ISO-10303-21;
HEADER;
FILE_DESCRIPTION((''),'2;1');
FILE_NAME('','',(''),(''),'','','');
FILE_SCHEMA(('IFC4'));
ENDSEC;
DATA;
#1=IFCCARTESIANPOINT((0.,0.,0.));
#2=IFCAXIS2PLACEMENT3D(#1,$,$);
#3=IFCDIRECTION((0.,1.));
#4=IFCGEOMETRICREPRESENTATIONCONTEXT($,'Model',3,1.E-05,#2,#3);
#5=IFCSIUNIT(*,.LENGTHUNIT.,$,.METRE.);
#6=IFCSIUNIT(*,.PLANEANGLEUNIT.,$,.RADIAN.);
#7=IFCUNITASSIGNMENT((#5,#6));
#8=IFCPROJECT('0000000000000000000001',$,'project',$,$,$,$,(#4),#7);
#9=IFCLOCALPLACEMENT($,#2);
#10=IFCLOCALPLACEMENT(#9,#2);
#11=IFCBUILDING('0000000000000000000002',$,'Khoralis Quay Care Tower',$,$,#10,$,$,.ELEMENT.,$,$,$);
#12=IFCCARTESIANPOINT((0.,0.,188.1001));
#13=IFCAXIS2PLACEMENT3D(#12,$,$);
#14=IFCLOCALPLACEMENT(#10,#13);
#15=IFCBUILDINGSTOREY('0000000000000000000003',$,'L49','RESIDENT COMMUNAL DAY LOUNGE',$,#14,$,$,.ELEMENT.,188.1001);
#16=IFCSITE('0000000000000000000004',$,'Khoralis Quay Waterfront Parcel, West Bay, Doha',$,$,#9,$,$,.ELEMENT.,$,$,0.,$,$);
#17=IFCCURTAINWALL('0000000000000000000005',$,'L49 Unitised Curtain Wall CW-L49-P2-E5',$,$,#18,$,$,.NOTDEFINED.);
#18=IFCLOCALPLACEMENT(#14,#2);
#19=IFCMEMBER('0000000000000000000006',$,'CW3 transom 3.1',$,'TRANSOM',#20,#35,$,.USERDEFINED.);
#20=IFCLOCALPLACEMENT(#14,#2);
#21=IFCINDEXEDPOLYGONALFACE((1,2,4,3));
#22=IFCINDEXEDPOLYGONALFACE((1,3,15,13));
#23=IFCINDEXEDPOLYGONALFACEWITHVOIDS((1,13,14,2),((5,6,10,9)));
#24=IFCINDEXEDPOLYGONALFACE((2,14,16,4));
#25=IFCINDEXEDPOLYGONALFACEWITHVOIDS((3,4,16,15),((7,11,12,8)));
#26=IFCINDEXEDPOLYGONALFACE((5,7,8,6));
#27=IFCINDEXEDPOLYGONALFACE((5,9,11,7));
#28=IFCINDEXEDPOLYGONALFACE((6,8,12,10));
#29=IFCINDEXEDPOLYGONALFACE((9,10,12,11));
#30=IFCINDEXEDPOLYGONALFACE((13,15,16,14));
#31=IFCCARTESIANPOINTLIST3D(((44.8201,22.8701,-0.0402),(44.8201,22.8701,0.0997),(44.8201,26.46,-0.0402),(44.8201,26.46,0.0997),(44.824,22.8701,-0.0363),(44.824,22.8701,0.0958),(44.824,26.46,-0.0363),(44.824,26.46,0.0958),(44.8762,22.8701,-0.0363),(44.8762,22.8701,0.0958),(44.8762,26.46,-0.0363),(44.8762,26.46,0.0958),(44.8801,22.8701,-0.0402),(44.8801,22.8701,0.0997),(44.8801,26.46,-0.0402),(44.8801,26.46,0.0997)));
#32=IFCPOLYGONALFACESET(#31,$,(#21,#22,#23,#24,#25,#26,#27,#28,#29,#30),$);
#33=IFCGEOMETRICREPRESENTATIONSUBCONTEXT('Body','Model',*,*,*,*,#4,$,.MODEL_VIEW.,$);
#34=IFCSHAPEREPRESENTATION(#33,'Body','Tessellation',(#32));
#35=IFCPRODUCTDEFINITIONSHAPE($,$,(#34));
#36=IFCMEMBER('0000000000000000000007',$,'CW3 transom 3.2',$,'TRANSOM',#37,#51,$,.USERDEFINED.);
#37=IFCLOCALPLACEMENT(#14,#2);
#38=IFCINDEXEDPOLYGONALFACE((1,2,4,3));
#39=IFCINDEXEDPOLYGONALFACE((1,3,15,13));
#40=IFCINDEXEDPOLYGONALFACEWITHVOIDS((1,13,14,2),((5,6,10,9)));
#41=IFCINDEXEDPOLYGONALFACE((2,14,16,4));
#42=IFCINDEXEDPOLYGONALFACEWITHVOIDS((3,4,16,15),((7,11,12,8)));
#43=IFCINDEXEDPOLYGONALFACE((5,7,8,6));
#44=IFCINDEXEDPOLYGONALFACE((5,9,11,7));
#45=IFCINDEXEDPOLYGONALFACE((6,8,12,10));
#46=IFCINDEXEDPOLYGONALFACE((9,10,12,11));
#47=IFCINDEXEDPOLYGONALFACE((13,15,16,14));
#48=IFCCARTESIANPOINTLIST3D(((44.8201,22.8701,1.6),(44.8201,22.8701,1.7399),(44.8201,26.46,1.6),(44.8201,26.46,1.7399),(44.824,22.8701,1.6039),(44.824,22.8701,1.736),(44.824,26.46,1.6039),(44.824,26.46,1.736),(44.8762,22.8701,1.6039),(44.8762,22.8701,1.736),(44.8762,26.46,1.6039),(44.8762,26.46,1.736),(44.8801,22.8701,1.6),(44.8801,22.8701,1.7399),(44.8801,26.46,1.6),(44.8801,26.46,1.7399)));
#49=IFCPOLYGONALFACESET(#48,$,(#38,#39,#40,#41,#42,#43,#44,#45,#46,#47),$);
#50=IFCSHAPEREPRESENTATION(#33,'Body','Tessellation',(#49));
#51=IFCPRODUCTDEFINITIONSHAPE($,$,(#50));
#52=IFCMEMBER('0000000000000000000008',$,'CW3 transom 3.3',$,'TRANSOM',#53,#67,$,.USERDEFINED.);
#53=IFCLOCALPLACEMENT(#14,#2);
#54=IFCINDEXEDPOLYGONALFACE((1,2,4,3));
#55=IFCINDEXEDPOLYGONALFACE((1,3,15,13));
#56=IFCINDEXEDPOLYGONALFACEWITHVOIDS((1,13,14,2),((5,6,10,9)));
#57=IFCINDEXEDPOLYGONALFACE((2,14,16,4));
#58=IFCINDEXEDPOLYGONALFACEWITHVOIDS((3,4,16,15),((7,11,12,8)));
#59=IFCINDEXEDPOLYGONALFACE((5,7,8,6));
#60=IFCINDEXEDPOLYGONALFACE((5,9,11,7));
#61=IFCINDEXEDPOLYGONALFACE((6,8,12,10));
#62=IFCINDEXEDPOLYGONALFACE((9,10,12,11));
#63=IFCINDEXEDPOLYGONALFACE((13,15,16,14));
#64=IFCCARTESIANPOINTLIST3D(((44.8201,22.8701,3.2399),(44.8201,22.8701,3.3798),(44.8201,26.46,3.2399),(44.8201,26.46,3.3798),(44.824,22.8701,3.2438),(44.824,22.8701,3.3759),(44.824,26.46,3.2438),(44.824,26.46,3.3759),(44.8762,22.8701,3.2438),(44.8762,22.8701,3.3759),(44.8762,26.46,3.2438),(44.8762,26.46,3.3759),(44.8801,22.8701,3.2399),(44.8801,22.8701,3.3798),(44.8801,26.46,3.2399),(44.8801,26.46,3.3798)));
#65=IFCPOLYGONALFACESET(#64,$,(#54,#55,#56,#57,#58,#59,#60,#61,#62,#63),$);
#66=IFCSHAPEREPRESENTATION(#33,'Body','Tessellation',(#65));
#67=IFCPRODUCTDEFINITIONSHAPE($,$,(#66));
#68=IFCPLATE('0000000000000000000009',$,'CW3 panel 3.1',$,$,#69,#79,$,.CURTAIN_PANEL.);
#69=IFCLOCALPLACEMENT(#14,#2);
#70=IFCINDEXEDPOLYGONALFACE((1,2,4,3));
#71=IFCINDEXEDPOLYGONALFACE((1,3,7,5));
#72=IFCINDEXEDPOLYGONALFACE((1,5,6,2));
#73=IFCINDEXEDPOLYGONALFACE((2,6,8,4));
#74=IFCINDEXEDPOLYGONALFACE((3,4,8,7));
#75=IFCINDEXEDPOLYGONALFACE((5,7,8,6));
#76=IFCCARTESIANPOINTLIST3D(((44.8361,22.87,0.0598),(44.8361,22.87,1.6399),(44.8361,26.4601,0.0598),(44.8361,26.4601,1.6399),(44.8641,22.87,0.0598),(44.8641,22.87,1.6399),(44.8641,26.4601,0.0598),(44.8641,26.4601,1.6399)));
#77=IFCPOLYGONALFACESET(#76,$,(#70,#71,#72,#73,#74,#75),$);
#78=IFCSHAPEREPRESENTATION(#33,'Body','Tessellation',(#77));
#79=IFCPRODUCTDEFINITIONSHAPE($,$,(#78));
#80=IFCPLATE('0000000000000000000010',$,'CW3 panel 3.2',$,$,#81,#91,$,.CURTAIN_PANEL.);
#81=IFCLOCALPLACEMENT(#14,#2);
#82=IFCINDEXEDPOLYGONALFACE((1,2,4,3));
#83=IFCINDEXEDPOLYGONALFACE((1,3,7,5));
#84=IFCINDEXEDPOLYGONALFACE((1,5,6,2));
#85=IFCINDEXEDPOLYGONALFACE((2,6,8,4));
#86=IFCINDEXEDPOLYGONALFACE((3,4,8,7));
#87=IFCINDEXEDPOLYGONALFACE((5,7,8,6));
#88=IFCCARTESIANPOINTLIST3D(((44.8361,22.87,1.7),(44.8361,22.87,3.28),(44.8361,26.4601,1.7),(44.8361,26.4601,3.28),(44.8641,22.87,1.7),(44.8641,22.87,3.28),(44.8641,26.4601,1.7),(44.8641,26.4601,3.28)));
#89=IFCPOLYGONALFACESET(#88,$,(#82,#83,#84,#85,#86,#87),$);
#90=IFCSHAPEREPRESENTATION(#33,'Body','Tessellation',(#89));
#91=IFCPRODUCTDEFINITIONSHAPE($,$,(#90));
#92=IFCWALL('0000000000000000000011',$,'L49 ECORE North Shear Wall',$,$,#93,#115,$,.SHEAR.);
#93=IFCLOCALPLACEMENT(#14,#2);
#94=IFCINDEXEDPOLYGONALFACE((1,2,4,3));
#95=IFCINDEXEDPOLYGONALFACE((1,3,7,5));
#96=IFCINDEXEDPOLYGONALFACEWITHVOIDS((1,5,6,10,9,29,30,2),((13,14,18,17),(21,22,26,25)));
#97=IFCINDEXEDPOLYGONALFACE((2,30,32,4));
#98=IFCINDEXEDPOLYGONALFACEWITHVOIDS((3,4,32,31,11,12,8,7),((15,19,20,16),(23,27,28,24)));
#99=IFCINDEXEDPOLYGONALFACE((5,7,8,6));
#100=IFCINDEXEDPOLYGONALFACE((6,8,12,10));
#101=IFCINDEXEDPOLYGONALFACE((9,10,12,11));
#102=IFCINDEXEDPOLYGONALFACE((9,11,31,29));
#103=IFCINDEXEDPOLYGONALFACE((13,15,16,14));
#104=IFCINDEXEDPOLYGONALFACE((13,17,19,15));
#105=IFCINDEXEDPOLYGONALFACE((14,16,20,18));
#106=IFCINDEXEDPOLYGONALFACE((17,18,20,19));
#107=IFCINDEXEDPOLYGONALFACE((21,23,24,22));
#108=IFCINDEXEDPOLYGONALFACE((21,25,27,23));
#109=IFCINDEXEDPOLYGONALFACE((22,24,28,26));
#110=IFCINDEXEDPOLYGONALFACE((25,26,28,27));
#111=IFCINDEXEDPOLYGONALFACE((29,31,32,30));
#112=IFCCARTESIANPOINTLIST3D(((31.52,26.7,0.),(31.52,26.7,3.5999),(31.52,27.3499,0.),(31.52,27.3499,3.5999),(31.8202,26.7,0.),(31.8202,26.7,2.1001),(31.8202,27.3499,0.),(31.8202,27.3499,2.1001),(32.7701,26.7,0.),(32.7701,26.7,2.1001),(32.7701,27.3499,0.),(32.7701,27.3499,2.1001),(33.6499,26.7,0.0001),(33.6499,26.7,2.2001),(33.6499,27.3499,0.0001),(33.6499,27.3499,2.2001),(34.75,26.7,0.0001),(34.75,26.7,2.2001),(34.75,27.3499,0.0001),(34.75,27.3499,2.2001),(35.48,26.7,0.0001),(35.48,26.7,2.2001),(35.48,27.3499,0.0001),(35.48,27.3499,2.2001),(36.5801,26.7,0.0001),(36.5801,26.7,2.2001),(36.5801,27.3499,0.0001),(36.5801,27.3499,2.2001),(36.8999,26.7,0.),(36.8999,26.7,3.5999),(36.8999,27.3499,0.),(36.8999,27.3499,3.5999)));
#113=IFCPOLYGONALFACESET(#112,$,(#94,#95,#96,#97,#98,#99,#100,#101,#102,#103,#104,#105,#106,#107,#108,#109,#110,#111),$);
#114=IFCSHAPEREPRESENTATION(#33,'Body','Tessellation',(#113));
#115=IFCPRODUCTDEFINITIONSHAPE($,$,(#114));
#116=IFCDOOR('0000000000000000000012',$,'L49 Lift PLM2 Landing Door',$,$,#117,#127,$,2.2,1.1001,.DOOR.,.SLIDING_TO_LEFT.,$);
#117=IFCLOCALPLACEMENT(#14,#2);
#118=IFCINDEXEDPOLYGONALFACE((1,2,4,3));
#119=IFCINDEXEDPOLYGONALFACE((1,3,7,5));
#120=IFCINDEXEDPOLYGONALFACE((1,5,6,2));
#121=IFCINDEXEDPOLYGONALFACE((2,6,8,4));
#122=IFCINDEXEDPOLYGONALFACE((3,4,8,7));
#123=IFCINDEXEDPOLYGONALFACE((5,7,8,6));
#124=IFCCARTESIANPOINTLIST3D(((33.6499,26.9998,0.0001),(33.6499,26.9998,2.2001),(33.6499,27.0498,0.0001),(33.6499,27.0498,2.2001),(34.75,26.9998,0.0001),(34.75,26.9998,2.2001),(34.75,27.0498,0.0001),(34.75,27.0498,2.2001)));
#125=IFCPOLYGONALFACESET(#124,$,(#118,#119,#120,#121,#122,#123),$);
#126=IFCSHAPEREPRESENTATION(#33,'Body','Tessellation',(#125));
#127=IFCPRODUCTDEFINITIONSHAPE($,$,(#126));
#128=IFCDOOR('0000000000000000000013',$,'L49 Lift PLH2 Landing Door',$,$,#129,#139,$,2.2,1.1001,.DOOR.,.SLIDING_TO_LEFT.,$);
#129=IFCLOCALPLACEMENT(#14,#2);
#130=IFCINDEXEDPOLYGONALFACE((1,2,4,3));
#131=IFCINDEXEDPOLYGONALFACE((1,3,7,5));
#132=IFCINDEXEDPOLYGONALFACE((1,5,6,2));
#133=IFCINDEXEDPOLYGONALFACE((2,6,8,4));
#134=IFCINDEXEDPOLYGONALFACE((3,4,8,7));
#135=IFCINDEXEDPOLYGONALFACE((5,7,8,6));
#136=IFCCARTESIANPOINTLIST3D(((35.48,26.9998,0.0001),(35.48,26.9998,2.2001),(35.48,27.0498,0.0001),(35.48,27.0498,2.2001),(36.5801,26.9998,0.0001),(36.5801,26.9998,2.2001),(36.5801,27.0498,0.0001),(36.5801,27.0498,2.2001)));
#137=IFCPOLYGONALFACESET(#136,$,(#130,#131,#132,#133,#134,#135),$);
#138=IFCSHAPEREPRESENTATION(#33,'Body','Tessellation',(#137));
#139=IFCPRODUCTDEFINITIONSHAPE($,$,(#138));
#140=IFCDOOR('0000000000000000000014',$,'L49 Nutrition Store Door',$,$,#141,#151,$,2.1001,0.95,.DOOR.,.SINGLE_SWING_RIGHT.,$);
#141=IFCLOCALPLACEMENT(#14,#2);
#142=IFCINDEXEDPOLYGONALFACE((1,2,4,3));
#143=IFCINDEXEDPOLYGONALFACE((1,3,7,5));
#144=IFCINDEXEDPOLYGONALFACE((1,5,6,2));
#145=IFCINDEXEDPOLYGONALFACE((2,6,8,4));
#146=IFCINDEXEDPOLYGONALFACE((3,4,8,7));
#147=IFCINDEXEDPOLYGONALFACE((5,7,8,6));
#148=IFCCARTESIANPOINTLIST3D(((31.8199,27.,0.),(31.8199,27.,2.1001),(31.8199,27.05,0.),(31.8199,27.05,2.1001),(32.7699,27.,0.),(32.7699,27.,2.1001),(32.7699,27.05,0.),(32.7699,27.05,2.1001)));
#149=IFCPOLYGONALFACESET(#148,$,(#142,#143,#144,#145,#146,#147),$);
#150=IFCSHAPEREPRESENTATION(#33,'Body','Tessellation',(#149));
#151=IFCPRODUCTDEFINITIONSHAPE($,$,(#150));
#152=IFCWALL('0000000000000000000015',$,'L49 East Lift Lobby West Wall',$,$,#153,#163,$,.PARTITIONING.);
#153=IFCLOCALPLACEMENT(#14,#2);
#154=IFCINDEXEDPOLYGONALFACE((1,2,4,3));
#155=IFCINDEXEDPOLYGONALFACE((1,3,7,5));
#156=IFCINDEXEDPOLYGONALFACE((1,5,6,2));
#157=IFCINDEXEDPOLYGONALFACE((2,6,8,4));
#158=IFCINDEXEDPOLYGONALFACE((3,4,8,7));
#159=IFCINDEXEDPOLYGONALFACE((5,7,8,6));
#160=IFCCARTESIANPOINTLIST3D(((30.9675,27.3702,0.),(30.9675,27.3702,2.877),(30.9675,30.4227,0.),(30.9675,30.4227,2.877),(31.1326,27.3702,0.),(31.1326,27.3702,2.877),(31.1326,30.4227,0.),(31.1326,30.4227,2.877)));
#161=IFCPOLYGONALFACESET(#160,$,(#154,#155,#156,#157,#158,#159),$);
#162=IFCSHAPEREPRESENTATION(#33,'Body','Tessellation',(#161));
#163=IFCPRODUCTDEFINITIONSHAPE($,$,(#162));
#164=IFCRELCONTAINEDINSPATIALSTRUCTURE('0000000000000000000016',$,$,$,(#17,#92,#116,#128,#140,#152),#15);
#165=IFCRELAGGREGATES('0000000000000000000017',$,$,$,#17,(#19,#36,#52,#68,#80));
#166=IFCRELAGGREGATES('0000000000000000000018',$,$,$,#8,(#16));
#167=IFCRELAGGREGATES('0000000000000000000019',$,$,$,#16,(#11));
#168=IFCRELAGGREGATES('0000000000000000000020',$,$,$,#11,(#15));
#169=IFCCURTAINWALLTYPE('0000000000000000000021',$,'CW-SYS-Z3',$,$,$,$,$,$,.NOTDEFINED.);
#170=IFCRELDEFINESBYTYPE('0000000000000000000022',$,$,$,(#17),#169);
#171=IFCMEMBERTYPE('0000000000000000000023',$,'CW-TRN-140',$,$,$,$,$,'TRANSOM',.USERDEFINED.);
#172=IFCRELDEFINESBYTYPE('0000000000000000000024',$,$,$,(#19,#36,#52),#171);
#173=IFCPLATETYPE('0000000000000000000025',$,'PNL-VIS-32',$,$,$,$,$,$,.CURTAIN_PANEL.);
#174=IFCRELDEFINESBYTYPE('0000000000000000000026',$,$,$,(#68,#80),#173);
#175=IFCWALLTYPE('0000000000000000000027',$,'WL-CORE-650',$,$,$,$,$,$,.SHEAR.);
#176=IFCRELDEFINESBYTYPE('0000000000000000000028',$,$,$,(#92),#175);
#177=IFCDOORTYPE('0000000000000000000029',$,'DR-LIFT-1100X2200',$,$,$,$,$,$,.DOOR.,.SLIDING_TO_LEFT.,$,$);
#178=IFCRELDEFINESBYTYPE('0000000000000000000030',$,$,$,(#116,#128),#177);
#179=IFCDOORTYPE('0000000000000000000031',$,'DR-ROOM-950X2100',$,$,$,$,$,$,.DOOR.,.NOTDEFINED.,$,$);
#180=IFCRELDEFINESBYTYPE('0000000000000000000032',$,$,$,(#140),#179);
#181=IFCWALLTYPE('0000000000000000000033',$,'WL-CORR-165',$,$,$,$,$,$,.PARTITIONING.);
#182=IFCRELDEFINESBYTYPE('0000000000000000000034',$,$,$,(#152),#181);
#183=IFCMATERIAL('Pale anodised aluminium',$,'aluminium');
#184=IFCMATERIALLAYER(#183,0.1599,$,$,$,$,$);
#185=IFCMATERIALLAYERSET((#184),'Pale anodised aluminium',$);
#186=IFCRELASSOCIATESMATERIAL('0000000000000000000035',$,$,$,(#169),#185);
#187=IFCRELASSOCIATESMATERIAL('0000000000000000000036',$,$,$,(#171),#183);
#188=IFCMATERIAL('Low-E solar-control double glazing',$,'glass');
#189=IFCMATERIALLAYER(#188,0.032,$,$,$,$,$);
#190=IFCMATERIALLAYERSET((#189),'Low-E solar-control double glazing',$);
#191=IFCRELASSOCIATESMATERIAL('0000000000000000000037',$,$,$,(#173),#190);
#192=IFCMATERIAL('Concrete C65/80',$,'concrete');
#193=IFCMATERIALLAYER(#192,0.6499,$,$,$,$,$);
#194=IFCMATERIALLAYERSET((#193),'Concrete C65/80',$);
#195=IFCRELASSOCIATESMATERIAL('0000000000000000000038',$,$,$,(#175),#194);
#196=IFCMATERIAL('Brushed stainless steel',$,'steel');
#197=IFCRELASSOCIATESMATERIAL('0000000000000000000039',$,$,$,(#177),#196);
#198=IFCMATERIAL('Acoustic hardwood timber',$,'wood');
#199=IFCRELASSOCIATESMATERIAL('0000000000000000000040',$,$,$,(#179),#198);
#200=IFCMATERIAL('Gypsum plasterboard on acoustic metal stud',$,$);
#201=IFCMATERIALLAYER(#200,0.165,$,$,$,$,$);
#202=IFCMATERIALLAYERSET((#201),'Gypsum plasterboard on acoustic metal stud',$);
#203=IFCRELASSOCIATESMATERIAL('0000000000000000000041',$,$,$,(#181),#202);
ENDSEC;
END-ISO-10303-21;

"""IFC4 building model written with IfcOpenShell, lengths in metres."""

from ifc_helpers import new_model, si_unit, direction, frame, frame_2d, origin, origin_2d, place, context, subcontext, project, spatial, rectangle, hollow_rectangle, extrude, source, transform, mapped, material, layer, layer_set, material_profile, profile_set, type_object, element, fill, aggregate, save


model = new_model("IFC4")

# Units and contexts
model_context = context("Model", 3, precision=1e-05, world=origin(), true_north=direction((0.0, 1.0)))
body_context = subcontext(model_context, "Body", "Model", "MODEL_VIEW")
ifc_project = project(units=[si_unit("LENGTHUNIT", "METRE"), si_unit("PLANEANGLEUNIT", "RADIAN")], contexts=[model_context])

# Site, building, storey
site_placement = place(None, origin())
site = spatial("IfcSite", under=ifc_project, at=site_placement, Name="Khoralis Quay Waterfront Parcel, West Bay, Doha", CompositionType="ELEMENT", RefElevation=0.0)
building_placement = place(site_placement, origin())
building = spatial("IfcBuilding", under=site, at=building_placement, Name="Khoralis Quay Care Tower", CompositionType="ELEMENT")
storey_placement = place(building_placement, frame((0.0, 0.0, 188.1001)))
storey = spatial("IfcBuildingStorey", under=building, at=storey_placement, Name="L49", Description="RESIDENT COMMUNAL DAY LOUNGE", CompositionType="ELEMENT", Elevation=188.1001)

# Shared definitions
ifc_material_1 = material(Name="Concrete C65/80", Category="concrete")

# Curtain wall, members, plates
ifc_material_2 = material(Name="Pale anodised aluminium", Category="aluminium")
ifc_layer_1 = layer(ifc_material_2, 0.1599)
ifc_layer_set_1 = layer_set([ifc_layer_1], Name="Pale anodised aluminium")
curtain_wall_type = type_object("IfcCurtainWallType", Name="CW-SYS-Z3", PredefinedType="NOTDEFINED", material=ifc_layer_set_1)
curtain_wall_placement = place(storey_placement, origin())
curtain_wall = element("IfcCurtainWall", 1, at=curtain_wall_placement, inside=storey, type_object=curtain_wall_type, Name="L49 Unitised Curtain Wall CW-L49-P2-E5", PredefinedType="NOTDEFINED")
ifc_material_profile_1 = material_profile(ifc_material_2, hollow_rectangle(XDim=0.0601, YDim=0.1399, WallThickness=0.0039, at=origin_2d()), Name="Pale anodised aluminium")
ifc_profile_set_1 = profile_set([ifc_material_profile_1], Name="Pale anodised aluminium")
member_type_1 = type_object("IfcMemberType", Name="CW-TRN-140", ElementType="TRANSOM", PredefinedType="USERDEFINED", material=ifc_profile_set_1)
shared_shape_1 = source(origin(), body_context, "Body", "SweptSolid", [
    extrude(hollow_rectangle(XDim=0.0601, YDim=0.1399, WallThickness=0.0039, at=origin_2d()), origin(), (0.0, 0.0, 1.0), 3.5898),
])
member_1_placement = place(storey_placement, frame((44.8501, 22.8701, 0.0298), z_axis=(0.0, 1.0, 0.0), x_axis=(-1.0, 0.0, 0.0)))
member_1 = element("IfcMember", 2, at=member_1_placement, type_object=member_type_1, Name="CW3 transom 3.1", ObjectType="TRANSOM", PredefinedType="USERDEFINED", context=body_context, shape_type="MappedRepresentation", body=[
    mapped(shared_shape_1, transform((0.0, 0.0, 0.0), scale=1.0)),
])
member_2_placement = place(storey_placement, frame((44.8501, 22.8701, 1.6699), z_axis=(0.0, 1.0, 0.0), x_axis=(-1.0, 0.0, 0.0)))
member_2 = element("IfcMember", 3, at=member_2_placement, type_object=member_type_1, Name="CW3 transom 3.2", ObjectType="TRANSOM", PredefinedType="USERDEFINED", context=body_context, shape_type="MappedRepresentation", body=[
    mapped(shared_shape_1, transform((0.0, 0.0, 0.0), scale=1.0)),
])
member_3_placement = place(storey_placement, frame((44.8501, 22.8701, 3.3098), z_axis=(0.0, 1.0, 0.0), x_axis=(-1.0, 0.0, 0.0)))
member_3 = element("IfcMember", 4, at=member_3_placement, type_object=member_type_1, Name="CW3 transom 3.3", ObjectType="TRANSOM", PredefinedType="USERDEFINED", context=body_context, shape_type="MappedRepresentation", body=[
    mapped(shared_shape_1, transform((0.0, 0.0, 0.0), scale=1.0)),
])
ifc_material_3 = material(Name="Low-E solar-control double glazing", Category="glass")
ifc_layer_2 = layer(ifc_material_3, 0.032)
ifc_layer_set_2 = layer_set([ifc_layer_2], Name="Low-E solar-control double glazing")
plate_type = type_object("IfcPlateType", Name="PNL-VIS-32", PredefinedType="CURTAIN_PANEL", material=ifc_layer_set_2)
shared_shape_2 = source(origin(), body_context, "Body", "SweptSolid", [
    extrude(rectangle(XDim=3.5901, YDim=0.0281, at=origin_2d()), origin(), (0.0, 0.0, 1.0), 1.5801),
])
plate_1_placement = place(storey_placement, frame((44.8501, 24.665, 0.0598), z_axis=(0.0, 0.0, 1.0), x_axis=(0.0, 1.0, 0.0)))
plate_1 = element("IfcPlate", 5, at=plate_1_placement, type_object=plate_type, Name="CW3 panel 3.1", PredefinedType="CURTAIN_PANEL", context=body_context, shape_type="MappedRepresentation", body=[
    mapped(shared_shape_2, transform((0.0, 0.0, 0.0), scale=1.0)),
])
plate_2_placement = place(storey_placement, frame((44.8501, 24.665, 1.7), z_axis=(0.0, 0.0, 1.0), x_axis=(0.0, 1.0, 0.0)))
plate_2 = element("IfcPlate", 6, at=plate_2_placement, type_object=plate_type, Name="CW3 panel 3.2", PredefinedType="CURTAIN_PANEL", context=body_context, shape_type="MappedRepresentation", body=[
    mapped(shared_shape_2, transform((0.0, 0.0, 0.0), scale=1.0)),
])
aggregate(curtain_wall, [member_1, member_2, member_3, plate_1, plate_2])

# Wall, openings, doors
ifc_layer_3 = layer(ifc_material_1, 0.6499)
ifc_layer_set_3 = layer_set([ifc_layer_3], Name="Concrete C65/80")
wall_type_1 = type_object("IfcWallType", Name="WL-CORE-650", PredefinedType="SHEAR", material=ifc_layer_set_3)
wall_1_placement = place(storey_placement, frame((31.52, 27.0249, 0.0), z_axis=(0.0, 0.0, 1.0), x_axis=(1.0, 0.0, 0.0)))
wall_1 = element("IfcWall", 7, at=wall_1_placement, inside=storey, type_object=wall_type_1, Name="L49 ECORE North Shear Wall", PredefinedType="SHEAR", context=body_context, shape_type="SweptSolid", body=[
    extrude(rectangle(XDim=5.3799, YDim=0.6499, at=frame_2d((2.6899, 0.0))), origin(), (0.0, 0.0, 1.0), 3.5999),
])
opening_1_placement = place(wall_1_placement, frame((0.3, 0.0, 0.0)))
opening_1 = element("IfcOpeningElement", 8, at=opening_1_placement, cuts=wall_1, PredefinedType="OPENING", context=body_context, shape_type="SweptSolid", body=[
    extrude(rectangle(XDim=0.95, YDim=2.1001, at=frame_2d((0.4751, 1.05))), frame((0.0, 0.335, 0.0), z_axis=(0.0, -1.0, 0.0), x_axis=(1.0, 0.0, 0.0)), (0.0, 0.0, 1.0), 0.6699),
])
opening_2_placement = place(wall_1_placement, frame((2.1299, 0.0, 0.0)))
opening_2 = element("IfcOpeningElement", 9, at=opening_2_placement, cuts=wall_1, PredefinedType="OPENING", context=body_context, shape_type="SweptSolid", body=[
    extrude(rectangle(XDim=1.1001, YDim=2.2, at=frame_2d((0.55, 1.1001))), frame((0.0, 0.335, 0.0), z_axis=(0.0, -1.0, 0.0), x_axis=(1.0, 0.0, 0.0)), (0.0, 0.0, 1.0), 0.6699),
])
opening_3_placement = place(wall_1_placement, frame((3.96, 0.0, 0.0)))
opening_3 = element("IfcOpeningElement", 10, at=opening_3_placement, cuts=wall_1, PredefinedType="OPENING", context=body_context, shape_type="SweptSolid", body=[
    extrude(rectangle(XDim=1.1001, YDim=2.2, at=frame_2d((0.55, 1.1001))), frame((0.0, 0.335, 0.0), z_axis=(0.0, -1.0, 0.0), x_axis=(1.0, 0.0, 0.0)), (0.0, 0.0, 1.0), 0.6699),
])
ifc_material_4 = material(Name="Brushed stainless steel", Category="steel")
door_type_1 = type_object("IfcDoorType", Name="DR-LIFT-1100X2200", OperationType="SLIDING_TO_LEFT", PredefinedType="DOOR", material=ifc_material_4)
shared_shape_3 = source(origin(), body_context, "Body", "SweptSolid", [
    extrude(rectangle(XDim=1.1001, YDim=2.2, at=frame_2d((0.55, 1.1001))), frame((0.0, 0.0249, 0.0), z_axis=(0.0, -1.0, 0.0), x_axis=(1.0, 0.0, 0.0)), (0.0, 0.0, 1.0), 0.05),
])
door_1_placement = place(opening_2_placement, origin())
door_1 = element("IfcDoor", 11, at=door_1_placement, inside=storey, type_object=door_type_1, Name="L49 Lift PLM2 Landing Door", OperationType="SLIDING_TO_LEFT", OverallHeight=2.2, OverallWidth=1.1001, PredefinedType="DOOR", context=body_context, shape_type="MappedRepresentation", body=[
    mapped(shared_shape_3, transform((0.0, 0.0, 0.0), scale=1.0)),
])
fill(opening_2, door_1)
door_2_placement = place(opening_3_placement, origin())
door_2 = element("IfcDoor", 12, at=door_2_placement, inside=storey, type_object=door_type_1, Name="L49 Lift PLH2 Landing Door", OperationType="SLIDING_TO_LEFT", OverallHeight=2.2, OverallWidth=1.1001, PredefinedType="DOOR", context=body_context, shape_type="MappedRepresentation", body=[
    mapped(shared_shape_3, transform((0.0, 0.0, 0.0), scale=1.0)),
])
fill(opening_3, door_2)
ifc_material_5 = material(Name="Acoustic hardwood timber", Category="wood")
door_type_2 = type_object("IfcDoorType", Name="DR-ROOM-950X2100", OperationType="NOTDEFINED", PredefinedType="DOOR", material=ifc_material_5)
shared_shape_4 = source(origin(), body_context, "Body", "SweptSolid", [
    extrude(rectangle(XDim=0.95, YDim=2.1001, at=frame_2d((0.4751, 1.05))), frame((0.0, 0.0249, 0.0), z_axis=(0.0, -1.0, 0.0), x_axis=(1.0, 0.0, 0.0)), (0.0, 0.0, 1.0), 0.05),
])
door_3_placement = place(opening_1_placement, frame((0.95, 0.0, 0.0), z_axis=(0.0, 0.0, 1.0), x_axis=(-1.0, 0.0, 0.0)))
door_3 = element("IfcDoor", 13, at=door_3_placement, inside=storey, type_object=door_type_2, Name="L49 Nutrition Store Door", OperationType="SINGLE_SWING_RIGHT", OverallHeight=2.1001, OverallWidth=0.95, PredefinedType="DOOR", context=body_context, shape_type="MappedRepresentation", body=[
    mapped(shared_shape_4, transform((0.0, 0.0, 0.0), scale=1.0)),
])
fill(opening_1, door_3)

# Wall
ifc_material_6 = material(Name="Gypsum plasterboard on acoustic metal stud")
ifc_layer_4 = layer(ifc_material_6, 0.165)
ifc_layer_set_4 = layer_set([ifc_layer_4], Name="Gypsum plasterboard on acoustic metal stud")
wall_type_2 = type_object("IfcWallType", Name="WL-CORR-165", PredefinedType="PARTITIONING", material=ifc_layer_set_4)
wall_2_placement = place(storey_placement, frame((31.05, 27.3701, 0.0), z_axis=(0.0, 0.0, 1.0), x_axis=(0.0, 1.0, 0.0)))
element("IfcWall", 14, at=wall_2_placement, inside=storey, type_object=wall_type_2, Name="L49 East Lift Lobby West Wall", PredefinedType="PARTITIONING", context=body_context, shape_type="SweptSolid", body=[
    extrude(rectangle(XDim=3.0525, YDim=0.165, at=frame_2d((1.5264, 0.0))), origin(), (0.0, 0.0, 1.0), 2.877),
])

save(model, "model.ifc")
